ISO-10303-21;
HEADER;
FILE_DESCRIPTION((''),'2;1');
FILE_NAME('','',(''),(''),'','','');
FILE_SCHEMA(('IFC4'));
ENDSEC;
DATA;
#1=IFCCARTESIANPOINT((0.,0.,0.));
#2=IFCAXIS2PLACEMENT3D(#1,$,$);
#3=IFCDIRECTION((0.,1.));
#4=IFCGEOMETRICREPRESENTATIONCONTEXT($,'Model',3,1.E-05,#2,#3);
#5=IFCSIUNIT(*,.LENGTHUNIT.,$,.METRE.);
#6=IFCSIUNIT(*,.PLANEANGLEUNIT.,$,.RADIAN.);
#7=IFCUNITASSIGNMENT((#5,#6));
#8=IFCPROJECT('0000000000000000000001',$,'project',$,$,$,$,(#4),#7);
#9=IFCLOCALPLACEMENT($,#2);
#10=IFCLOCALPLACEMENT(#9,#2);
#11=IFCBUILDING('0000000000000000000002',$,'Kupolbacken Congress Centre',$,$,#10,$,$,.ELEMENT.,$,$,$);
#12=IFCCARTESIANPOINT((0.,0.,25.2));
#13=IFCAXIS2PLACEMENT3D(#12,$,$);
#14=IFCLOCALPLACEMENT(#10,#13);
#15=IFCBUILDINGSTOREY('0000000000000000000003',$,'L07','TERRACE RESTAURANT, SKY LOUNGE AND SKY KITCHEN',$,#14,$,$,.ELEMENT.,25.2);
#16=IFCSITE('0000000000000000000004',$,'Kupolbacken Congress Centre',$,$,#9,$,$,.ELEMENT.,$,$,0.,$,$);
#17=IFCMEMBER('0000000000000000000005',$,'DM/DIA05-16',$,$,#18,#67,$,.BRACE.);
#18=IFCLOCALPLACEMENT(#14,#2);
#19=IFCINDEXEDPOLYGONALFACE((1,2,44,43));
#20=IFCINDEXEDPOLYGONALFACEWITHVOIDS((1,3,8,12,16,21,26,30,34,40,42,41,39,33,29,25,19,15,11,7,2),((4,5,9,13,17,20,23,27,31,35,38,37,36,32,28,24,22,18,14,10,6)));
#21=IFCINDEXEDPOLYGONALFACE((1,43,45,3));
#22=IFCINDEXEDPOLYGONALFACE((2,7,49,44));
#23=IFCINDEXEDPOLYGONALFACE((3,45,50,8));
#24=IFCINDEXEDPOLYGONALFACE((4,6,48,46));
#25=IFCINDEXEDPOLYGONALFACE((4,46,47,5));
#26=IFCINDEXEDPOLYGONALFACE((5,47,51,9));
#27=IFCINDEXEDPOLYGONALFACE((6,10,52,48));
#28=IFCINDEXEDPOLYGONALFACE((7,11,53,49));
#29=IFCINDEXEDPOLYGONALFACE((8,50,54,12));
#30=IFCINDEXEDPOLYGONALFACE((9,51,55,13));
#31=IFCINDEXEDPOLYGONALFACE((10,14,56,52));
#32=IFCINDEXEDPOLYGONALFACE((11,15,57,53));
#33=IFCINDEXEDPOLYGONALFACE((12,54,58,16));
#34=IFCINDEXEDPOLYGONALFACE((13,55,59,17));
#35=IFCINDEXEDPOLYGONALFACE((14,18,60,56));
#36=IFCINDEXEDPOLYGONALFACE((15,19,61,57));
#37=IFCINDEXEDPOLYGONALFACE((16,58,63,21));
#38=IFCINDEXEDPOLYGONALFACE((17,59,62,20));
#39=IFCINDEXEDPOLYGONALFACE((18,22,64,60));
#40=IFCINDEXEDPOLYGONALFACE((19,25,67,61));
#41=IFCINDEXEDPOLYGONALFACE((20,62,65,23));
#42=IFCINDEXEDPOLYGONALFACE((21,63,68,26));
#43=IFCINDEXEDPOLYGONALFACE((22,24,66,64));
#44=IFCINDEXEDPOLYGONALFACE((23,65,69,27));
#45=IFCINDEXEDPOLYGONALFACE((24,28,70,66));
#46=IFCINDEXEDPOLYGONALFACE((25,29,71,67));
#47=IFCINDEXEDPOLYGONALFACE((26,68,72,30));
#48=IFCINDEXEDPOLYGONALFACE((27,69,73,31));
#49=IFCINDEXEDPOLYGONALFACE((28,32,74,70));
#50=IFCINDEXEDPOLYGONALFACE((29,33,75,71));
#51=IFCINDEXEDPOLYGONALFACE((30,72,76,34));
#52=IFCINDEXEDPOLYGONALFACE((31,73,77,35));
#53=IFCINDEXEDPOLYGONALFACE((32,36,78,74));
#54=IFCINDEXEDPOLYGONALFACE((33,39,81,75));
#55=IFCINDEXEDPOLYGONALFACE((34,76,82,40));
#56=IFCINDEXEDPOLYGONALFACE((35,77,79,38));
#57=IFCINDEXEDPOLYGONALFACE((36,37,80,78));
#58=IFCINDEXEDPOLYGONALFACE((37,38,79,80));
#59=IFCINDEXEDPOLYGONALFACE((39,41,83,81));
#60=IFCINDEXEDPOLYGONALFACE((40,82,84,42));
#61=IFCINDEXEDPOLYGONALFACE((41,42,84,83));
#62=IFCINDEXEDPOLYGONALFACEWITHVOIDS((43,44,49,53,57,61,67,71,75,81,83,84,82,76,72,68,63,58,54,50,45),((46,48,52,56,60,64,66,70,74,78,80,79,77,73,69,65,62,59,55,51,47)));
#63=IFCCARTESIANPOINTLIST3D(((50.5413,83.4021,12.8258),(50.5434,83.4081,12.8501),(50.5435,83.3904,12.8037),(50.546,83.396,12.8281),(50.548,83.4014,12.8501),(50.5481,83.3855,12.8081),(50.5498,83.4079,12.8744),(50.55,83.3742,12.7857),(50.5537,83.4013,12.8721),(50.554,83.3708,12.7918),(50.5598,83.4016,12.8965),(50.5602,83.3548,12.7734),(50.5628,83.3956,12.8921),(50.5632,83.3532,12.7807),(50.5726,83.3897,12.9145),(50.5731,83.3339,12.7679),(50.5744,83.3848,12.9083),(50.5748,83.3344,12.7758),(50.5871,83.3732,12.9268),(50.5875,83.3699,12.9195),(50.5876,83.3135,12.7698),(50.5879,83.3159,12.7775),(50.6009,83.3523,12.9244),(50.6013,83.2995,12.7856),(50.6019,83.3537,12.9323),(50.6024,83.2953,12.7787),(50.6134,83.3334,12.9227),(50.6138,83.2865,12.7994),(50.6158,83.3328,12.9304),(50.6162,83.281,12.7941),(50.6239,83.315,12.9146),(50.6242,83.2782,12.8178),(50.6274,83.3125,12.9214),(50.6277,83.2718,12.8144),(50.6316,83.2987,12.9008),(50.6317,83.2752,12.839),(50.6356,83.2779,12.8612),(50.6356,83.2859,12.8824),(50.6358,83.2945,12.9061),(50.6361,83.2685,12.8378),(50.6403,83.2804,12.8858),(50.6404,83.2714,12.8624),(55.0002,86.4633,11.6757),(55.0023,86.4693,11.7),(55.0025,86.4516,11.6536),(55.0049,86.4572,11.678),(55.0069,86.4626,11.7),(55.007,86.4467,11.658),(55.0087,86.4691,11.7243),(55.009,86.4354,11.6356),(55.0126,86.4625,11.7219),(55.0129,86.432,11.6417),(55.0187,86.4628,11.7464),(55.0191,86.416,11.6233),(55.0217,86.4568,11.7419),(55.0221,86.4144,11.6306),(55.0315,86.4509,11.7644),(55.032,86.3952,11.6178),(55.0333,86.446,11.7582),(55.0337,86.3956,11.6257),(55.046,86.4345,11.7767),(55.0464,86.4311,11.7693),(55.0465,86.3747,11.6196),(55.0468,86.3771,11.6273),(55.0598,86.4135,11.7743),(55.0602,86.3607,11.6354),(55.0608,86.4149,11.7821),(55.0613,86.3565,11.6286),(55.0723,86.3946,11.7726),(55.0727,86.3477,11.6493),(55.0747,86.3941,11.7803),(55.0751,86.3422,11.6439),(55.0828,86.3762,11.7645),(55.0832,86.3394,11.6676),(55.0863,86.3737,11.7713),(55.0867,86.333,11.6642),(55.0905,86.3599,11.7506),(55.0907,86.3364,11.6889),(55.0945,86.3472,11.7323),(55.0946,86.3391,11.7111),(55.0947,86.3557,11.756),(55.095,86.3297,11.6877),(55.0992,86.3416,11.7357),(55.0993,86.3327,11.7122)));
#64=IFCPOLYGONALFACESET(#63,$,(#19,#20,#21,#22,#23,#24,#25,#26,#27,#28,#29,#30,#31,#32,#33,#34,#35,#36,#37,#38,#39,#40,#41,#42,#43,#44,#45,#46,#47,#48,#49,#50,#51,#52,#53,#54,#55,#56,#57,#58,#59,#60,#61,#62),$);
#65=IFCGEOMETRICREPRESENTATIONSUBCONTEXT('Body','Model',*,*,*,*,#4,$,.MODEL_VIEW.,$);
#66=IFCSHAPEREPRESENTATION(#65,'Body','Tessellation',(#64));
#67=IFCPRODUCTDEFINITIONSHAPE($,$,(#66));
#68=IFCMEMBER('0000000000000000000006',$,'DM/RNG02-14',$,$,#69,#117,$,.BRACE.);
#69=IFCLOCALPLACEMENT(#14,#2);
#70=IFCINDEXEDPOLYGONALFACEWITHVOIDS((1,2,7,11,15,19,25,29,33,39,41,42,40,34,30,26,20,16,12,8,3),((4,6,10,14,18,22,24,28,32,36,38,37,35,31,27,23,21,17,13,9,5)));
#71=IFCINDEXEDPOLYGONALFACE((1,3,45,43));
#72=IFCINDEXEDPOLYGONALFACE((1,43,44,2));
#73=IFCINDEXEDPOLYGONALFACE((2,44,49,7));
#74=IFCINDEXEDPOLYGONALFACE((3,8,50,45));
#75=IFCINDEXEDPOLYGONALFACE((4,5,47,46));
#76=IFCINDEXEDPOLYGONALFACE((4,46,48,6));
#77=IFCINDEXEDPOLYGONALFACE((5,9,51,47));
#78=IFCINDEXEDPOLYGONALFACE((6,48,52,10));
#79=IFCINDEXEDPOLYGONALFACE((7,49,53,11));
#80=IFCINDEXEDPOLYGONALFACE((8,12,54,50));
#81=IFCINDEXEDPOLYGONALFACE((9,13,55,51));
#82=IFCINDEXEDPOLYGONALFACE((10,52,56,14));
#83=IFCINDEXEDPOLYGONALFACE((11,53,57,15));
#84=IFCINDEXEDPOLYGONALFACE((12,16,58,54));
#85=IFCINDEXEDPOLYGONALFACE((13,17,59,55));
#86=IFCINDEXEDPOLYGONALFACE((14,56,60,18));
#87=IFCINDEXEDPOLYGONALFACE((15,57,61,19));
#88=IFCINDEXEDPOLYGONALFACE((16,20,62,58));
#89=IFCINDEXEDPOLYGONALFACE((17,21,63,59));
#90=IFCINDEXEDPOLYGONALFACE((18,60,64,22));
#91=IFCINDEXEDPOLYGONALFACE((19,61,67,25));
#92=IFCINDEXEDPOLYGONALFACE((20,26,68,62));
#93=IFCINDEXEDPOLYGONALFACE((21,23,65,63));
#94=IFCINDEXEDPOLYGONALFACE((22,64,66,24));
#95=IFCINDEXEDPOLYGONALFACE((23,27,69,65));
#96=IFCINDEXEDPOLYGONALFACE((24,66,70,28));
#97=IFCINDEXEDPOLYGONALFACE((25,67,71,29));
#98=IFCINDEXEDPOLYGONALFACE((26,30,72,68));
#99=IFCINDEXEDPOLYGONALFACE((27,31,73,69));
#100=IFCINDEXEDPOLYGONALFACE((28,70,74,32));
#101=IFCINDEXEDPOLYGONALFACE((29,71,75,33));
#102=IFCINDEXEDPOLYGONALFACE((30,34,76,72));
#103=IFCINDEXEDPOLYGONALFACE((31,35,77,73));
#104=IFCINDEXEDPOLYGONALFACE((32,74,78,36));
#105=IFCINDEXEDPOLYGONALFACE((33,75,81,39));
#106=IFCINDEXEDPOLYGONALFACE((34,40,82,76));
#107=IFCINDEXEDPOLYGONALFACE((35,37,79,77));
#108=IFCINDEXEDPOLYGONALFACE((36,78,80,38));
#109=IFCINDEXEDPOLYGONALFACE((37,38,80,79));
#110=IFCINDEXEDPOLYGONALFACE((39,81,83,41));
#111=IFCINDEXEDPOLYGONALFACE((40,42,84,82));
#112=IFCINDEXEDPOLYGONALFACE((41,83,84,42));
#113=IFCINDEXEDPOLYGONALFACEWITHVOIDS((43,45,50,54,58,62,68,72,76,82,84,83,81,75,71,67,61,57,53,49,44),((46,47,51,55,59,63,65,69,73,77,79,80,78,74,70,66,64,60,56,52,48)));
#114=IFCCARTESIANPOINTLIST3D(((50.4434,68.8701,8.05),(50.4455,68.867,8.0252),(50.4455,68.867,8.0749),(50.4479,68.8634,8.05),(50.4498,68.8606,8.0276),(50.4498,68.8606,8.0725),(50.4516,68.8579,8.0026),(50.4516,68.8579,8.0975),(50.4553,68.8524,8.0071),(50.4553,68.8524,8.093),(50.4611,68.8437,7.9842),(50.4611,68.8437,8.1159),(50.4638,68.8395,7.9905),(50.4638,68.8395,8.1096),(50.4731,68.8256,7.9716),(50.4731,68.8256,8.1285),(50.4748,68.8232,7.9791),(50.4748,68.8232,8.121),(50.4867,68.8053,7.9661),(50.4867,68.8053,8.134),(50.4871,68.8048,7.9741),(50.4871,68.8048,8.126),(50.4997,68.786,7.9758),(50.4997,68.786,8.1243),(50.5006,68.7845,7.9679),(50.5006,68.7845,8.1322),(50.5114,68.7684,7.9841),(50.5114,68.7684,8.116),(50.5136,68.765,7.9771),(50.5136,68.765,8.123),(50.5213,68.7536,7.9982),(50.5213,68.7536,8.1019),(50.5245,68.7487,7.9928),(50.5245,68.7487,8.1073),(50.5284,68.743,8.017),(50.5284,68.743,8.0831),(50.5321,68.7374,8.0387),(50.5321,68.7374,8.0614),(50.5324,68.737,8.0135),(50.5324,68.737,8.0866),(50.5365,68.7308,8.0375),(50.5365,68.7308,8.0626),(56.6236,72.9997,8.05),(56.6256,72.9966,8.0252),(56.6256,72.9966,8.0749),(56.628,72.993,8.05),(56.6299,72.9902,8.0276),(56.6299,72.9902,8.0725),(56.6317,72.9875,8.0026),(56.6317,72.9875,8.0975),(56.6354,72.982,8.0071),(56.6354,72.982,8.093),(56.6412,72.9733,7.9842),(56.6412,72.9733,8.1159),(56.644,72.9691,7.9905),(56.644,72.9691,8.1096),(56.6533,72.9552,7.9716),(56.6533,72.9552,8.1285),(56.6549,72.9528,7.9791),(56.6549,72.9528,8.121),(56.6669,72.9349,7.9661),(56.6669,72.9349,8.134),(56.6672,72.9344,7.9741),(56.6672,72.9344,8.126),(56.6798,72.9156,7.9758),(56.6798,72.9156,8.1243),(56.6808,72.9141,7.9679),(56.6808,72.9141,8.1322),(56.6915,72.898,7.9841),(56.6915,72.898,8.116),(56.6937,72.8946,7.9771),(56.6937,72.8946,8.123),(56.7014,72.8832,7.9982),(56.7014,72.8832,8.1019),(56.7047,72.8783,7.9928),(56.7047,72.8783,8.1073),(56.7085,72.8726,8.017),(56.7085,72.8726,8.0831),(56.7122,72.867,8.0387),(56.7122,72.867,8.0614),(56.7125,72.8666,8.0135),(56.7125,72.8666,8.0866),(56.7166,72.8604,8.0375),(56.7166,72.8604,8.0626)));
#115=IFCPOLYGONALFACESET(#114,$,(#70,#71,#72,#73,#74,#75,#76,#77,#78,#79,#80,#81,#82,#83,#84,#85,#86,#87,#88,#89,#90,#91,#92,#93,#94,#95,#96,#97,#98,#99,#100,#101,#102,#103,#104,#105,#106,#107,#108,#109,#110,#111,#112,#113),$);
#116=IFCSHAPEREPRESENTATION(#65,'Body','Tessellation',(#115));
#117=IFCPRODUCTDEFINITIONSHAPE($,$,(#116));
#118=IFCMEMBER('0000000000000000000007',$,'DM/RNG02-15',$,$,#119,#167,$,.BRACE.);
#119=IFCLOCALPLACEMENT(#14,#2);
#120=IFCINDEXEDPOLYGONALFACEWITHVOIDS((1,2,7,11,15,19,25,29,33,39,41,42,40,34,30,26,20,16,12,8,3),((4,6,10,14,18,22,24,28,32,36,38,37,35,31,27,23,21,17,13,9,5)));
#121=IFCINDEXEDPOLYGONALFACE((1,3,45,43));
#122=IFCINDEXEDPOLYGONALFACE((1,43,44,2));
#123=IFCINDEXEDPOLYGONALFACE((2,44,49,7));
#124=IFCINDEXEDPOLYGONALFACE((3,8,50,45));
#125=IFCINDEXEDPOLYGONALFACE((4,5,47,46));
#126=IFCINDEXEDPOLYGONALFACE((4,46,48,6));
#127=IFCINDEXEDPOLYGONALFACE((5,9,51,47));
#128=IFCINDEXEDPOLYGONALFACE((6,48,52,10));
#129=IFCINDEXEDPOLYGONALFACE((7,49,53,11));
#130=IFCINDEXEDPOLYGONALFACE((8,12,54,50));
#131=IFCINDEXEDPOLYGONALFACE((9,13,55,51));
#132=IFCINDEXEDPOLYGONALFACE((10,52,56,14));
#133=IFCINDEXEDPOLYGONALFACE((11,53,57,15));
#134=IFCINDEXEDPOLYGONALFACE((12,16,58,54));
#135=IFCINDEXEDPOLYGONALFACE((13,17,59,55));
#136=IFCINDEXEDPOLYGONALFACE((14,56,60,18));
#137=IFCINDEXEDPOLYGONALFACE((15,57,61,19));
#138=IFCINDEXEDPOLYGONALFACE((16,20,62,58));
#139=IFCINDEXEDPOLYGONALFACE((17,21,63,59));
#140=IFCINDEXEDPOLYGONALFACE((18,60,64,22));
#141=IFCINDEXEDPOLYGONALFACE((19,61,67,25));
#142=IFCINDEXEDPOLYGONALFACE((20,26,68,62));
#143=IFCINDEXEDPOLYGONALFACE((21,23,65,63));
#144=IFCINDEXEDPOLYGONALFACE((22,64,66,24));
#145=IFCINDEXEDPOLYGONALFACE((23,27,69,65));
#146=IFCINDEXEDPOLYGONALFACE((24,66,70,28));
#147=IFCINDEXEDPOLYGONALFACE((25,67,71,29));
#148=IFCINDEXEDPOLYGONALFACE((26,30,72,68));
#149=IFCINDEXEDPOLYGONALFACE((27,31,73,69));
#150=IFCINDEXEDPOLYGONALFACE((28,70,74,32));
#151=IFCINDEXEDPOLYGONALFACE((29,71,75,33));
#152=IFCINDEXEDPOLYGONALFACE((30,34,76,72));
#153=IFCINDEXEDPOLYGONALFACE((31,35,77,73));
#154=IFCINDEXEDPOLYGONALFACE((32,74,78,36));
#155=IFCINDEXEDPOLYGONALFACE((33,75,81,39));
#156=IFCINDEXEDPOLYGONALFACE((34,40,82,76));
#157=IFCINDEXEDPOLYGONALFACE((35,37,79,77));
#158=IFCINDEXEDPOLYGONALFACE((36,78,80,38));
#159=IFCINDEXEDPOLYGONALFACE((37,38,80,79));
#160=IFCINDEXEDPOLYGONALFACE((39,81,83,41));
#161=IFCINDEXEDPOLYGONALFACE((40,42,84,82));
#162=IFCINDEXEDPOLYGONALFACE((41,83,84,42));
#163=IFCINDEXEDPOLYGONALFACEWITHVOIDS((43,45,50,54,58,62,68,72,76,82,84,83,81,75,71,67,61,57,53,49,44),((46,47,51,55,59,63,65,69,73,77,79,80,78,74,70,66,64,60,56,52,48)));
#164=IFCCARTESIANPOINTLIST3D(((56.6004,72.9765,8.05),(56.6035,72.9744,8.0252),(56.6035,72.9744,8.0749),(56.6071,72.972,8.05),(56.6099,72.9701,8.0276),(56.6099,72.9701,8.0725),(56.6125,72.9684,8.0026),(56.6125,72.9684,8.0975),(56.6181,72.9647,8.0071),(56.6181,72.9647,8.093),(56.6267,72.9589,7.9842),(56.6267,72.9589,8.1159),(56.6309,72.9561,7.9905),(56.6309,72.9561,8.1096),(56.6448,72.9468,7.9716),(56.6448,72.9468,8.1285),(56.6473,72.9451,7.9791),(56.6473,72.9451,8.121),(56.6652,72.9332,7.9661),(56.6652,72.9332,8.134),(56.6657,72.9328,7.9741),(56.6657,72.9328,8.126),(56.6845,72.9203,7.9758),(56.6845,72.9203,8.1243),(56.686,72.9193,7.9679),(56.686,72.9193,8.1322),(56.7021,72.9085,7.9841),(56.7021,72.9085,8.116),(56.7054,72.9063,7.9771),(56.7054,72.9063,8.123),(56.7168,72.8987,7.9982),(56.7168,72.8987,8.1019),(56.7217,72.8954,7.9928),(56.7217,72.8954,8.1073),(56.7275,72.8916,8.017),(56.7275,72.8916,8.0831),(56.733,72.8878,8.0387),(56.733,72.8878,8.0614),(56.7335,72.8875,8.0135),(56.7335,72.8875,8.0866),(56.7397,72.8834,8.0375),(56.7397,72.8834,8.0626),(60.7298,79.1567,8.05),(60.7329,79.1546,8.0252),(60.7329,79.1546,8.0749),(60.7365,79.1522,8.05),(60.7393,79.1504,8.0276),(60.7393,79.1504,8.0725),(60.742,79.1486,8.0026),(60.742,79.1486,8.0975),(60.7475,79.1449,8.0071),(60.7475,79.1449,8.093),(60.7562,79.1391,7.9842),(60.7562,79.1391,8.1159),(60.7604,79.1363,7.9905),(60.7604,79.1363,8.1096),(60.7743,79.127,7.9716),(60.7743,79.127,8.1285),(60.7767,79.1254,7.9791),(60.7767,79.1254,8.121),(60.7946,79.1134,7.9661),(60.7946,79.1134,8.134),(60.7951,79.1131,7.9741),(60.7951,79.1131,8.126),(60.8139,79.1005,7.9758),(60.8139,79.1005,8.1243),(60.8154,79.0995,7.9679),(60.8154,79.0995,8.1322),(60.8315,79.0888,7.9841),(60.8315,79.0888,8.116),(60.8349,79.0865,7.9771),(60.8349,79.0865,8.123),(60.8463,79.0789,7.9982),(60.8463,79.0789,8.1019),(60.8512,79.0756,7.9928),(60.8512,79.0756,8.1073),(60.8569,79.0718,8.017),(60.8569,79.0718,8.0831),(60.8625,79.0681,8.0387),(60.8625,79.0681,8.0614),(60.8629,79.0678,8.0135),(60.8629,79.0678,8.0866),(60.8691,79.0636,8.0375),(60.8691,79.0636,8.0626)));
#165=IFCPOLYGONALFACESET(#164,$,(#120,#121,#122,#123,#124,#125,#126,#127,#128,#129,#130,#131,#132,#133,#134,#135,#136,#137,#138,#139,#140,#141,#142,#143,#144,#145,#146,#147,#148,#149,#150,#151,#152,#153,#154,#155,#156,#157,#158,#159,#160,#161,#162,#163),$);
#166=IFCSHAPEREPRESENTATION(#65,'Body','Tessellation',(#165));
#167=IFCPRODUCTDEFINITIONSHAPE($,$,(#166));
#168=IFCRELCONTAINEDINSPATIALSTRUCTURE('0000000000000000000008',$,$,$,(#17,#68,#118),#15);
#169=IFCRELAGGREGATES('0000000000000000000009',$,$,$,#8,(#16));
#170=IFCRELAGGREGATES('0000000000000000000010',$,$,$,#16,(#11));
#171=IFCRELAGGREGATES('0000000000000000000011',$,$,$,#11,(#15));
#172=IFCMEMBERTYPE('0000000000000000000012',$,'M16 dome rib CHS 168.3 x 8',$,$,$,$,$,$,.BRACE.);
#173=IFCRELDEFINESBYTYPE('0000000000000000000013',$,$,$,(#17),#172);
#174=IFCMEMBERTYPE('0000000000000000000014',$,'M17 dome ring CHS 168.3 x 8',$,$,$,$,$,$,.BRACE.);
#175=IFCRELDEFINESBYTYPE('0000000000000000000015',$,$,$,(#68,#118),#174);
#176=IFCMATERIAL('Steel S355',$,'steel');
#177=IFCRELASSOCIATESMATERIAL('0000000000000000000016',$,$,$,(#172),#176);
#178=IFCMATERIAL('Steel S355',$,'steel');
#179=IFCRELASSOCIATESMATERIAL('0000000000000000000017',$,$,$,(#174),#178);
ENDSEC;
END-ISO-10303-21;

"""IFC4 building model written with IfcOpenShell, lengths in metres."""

from ifc_helpers import new_model, si_unit, direction, frame, origin, origin_2d, place, context, subcontext, project, spatial, hollow_circle, extrude, material, material_profile, profile_set, type_object, element, save


model = new_model("IFC4")

# Units and contexts
model_context = context("Model", 3, precision=1e-05, world=origin(), true_north=direction((0.0, 1.0)))
body_context = subcontext(model_context, "Body", "Model", "MODEL_VIEW")
ifc_project = project(units=[si_unit("LENGTHUNIT", "METRE"), si_unit("PLANEANGLEUNIT", "RADIAN")], contexts=[model_context])

# Site, building, storey
site_placement = place(None, origin())
site = spatial("IfcSite", under=ifc_project, at=site_placement, Name="Kupolbacken Congress Centre", CompositionType="ELEMENT", RefElevation=0.0)
building_placement = place(site_placement, origin())
building = spatial("IfcBuilding", under=site, at=building_placement, Name="Kupolbacken Congress Centre", CompositionType="ELEMENT")
storey_placement = place(building_placement, frame((0.0, 0.0, 25.2)))
storey = spatial("IfcBuildingStorey", under=building, at=storey_placement, Name="L07", Description="TERRACE RESTAURANT, SKY LOUNGE AND SKY KITCHEN", CompositionType="ELEMENT", Elevation=25.2)

# Members
ifc_material_1 = material(Name="Steel S355", Category="steel")
ifc_material_profile_1 = material_profile(ifc_material_1, hollow_circle(Radius=0.0842, WallThickness=0.0081, at=origin_2d()), Name="CHS 168.3 x 8")
ifc_profile_set_1 = profile_set([ifc_material_profile_1], Name="Steel S355")
member_type_1 = type_object("IfcMemberType", Name="M16 dome rib CHS 168.3 x 8", PredefinedType="BRACE", material=ifc_profile_set_1)
member_1_placement = place(storey_placement, frame((50.5911, 83.3386, 12.8501), z_axis=(0.80638, 0.553614, -0.207997), x_axis=(-0.565992, 0.824411, 0.0)))
element("IfcMember", 1, at=member_1_placement, inside=storey, type_object=member_type_1, Name="DM/DIA05-16", PredefinedType="BRACE", context=body_context, shape_type="SweptSolid", body=[
    extrude(hollow_circle(Radius=0.0842, WallThickness=0.0081, at=origin_2d()), origin(), (0.0, 0.0, 1.0), 5.5295),
])
ifc_material_2 = material(Name="Steel S355", Category="steel")
ifc_material_profile_2 = material_profile(ifc_material_2, hollow_circle(Radius=0.0842, WallThickness=0.0081, at=origin_2d()), Name="CHS 168.3 x 8")
ifc_profile_set_2 = profile_set([ifc_material_profile_2], Name="Steel S355")
member_type_2 = type_object("IfcMemberType", Name="M17 dome ring CHS 168.3 x 8", PredefinedType="BRACE", material=ifc_profile_set_2)
for number, where, z_axis, x_axis, name in (
    (2, (50.4902, 68.8, 8.05), (0.831459, 0.555587, 0.0), (-0.555587, 0.831459, 0.0), "DM/RNG02-14"),
    (3, (56.6704, 72.9297, 8.05), (0.555564, 0.831474, 0.0), (-0.831474, 0.555564, 0.0), "DM/RNG02-15"),
):
    element("IfcMember", number, at=place(storey_placement, frame(where, z_axis=z_axis, x_axis=x_axis)), inside=storey, type_object=member_type_2, Name=name, PredefinedType="BRACE", context=body_context, shape_type="SweptSolid", body=[
        extrude(hollow_circle(Radius=0.0842, WallThickness=0.0081, at=origin_2d()), origin(), (0.0, 0.0, 1.0), 7.4329),
    ])

save(model, "model.ifc")
